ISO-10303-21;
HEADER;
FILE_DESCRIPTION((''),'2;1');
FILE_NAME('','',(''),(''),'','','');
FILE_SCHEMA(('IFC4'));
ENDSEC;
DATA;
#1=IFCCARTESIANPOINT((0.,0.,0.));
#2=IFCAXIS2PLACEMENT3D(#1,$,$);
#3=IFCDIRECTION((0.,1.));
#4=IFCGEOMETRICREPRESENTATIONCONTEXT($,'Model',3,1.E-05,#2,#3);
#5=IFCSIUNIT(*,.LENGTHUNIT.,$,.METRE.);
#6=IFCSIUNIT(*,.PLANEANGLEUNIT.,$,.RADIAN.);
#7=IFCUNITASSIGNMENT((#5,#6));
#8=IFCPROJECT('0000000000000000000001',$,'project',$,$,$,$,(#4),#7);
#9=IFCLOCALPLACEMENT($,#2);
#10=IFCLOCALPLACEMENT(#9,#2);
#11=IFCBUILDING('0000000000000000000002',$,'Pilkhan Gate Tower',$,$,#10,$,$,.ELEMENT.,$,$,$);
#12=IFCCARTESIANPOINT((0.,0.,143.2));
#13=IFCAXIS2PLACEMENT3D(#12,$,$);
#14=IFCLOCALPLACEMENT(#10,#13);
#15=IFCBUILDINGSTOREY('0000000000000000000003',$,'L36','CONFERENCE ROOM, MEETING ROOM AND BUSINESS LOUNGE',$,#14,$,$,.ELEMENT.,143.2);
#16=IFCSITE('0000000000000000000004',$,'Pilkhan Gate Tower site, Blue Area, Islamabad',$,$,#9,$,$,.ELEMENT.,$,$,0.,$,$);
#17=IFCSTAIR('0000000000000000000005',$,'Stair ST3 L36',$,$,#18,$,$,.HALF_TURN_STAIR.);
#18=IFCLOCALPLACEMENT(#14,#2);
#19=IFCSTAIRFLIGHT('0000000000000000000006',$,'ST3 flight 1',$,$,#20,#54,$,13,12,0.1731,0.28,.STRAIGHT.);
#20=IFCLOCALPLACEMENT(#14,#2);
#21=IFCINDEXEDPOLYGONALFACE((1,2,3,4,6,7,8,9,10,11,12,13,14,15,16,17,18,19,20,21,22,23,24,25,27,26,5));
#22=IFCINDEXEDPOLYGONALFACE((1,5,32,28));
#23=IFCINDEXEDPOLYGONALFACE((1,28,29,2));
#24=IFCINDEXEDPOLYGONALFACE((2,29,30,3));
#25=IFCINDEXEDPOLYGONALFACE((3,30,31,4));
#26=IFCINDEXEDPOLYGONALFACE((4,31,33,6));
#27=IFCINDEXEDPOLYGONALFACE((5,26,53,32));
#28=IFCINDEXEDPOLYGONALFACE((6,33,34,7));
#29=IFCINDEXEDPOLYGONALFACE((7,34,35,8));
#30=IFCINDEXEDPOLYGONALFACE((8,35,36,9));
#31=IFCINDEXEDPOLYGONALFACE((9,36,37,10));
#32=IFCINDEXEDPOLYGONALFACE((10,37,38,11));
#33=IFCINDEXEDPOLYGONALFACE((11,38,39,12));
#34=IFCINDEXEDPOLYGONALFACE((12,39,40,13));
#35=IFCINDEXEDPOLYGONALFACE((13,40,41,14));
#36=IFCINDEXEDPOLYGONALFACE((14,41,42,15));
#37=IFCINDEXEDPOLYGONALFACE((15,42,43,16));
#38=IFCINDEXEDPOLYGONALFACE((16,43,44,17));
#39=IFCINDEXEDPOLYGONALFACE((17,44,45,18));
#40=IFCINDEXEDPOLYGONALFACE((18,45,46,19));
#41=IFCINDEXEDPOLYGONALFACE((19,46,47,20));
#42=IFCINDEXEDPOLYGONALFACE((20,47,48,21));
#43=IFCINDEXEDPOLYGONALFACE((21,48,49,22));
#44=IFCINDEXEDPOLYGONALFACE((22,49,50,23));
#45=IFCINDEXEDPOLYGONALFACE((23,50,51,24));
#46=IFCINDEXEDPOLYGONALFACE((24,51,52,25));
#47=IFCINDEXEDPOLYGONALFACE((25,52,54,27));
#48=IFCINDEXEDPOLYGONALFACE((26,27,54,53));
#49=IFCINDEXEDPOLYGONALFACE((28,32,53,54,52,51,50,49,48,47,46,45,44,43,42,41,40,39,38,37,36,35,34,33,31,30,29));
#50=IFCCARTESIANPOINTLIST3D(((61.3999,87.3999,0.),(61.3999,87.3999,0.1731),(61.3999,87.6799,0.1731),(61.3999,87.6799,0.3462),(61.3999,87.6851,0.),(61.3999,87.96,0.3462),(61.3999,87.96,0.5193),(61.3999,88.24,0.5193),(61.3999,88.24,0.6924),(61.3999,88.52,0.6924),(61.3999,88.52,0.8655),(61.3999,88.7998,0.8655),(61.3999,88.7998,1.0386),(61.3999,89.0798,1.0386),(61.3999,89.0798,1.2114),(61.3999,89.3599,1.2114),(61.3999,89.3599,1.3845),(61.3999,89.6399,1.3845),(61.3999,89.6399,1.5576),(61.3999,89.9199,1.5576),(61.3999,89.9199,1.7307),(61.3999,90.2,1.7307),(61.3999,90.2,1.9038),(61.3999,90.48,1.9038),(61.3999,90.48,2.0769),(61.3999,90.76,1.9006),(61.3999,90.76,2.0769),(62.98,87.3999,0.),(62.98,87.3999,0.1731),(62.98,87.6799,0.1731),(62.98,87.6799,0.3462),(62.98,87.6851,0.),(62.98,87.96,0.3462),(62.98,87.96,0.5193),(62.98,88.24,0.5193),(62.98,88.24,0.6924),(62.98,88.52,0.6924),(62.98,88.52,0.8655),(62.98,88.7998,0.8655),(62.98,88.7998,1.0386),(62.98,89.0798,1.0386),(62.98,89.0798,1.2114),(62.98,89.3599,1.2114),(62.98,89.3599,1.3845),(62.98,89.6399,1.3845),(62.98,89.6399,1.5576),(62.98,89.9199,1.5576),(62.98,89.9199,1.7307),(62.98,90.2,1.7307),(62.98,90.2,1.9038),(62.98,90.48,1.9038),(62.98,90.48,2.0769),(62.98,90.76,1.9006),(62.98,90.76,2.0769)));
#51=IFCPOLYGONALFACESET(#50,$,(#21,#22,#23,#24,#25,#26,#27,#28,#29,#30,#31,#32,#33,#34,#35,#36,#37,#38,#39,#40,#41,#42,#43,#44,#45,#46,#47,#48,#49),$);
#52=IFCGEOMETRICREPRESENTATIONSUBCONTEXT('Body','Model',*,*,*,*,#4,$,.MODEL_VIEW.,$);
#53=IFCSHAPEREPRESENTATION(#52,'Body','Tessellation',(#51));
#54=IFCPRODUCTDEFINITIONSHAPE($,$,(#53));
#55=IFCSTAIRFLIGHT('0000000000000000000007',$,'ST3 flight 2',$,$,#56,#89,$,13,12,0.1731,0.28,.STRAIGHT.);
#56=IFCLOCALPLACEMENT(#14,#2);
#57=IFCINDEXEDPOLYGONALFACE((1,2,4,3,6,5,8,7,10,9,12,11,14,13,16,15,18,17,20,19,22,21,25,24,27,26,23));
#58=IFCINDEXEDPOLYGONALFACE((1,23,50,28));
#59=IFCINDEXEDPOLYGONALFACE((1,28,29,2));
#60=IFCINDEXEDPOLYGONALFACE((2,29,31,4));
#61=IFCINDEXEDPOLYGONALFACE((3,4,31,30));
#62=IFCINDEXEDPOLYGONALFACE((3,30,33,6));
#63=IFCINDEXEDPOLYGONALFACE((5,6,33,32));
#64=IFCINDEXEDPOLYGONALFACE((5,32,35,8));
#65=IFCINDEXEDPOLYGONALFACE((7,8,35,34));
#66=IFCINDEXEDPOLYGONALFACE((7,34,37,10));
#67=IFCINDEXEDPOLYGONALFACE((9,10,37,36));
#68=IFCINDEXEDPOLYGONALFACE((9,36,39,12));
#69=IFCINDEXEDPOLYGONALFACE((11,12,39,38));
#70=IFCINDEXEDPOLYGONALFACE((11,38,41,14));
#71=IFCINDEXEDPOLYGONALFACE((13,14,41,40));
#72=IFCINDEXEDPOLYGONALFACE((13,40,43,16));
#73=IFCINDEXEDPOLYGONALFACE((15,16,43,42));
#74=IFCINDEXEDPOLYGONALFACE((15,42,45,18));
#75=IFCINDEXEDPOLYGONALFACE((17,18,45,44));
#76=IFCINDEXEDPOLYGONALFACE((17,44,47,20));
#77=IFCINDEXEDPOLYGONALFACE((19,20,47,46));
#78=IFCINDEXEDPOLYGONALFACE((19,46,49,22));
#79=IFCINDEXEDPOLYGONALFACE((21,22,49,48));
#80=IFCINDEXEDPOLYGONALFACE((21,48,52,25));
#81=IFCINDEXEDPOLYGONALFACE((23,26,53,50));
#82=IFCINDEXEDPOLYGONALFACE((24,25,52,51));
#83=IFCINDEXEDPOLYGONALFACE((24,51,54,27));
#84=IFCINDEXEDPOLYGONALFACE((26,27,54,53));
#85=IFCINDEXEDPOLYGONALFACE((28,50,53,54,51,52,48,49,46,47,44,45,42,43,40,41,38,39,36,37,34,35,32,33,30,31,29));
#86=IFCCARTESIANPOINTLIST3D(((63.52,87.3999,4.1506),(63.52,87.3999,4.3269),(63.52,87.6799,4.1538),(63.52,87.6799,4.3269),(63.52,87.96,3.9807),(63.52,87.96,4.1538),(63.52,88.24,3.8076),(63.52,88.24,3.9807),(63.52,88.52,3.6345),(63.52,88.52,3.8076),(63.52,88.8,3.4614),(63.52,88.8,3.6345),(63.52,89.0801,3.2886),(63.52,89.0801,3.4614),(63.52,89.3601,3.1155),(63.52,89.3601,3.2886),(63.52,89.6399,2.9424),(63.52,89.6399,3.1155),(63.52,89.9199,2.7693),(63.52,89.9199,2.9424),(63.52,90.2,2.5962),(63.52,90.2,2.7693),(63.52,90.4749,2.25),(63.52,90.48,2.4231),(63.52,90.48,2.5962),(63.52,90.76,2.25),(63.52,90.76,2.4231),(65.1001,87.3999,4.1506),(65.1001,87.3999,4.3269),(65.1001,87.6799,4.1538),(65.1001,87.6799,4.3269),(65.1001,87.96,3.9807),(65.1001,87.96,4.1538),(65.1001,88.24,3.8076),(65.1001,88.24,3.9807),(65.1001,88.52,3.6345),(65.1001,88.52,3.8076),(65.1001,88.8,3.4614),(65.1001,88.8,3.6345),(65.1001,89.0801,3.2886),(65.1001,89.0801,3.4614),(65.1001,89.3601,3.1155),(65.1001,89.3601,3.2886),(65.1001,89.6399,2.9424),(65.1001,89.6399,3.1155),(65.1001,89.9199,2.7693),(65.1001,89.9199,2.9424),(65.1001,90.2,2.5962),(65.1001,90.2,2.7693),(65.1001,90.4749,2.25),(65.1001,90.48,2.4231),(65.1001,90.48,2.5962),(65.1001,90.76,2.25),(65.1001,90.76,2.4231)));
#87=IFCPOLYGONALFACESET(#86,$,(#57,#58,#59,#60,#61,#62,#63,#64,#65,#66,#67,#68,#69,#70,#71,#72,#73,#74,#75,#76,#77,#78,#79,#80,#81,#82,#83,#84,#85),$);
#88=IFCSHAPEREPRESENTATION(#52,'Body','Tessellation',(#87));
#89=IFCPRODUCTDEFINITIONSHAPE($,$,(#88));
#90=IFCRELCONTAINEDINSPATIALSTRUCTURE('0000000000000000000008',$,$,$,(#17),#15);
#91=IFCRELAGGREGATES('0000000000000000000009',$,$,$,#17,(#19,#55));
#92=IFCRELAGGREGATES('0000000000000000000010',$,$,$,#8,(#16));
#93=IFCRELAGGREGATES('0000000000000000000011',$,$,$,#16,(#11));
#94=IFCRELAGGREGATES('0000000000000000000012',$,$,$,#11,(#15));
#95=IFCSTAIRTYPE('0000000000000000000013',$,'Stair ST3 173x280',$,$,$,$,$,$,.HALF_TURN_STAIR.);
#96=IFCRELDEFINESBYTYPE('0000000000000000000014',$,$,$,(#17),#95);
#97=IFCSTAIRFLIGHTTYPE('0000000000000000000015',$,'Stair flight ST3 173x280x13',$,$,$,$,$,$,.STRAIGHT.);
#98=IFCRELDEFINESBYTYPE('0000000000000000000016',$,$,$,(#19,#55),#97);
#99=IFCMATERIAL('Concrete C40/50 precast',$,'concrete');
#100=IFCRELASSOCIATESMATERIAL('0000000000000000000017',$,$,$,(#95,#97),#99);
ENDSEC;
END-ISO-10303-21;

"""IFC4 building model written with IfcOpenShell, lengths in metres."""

from ifc_helpers import new_model, si_unit, direction, frame, origin, place, context, subcontext, project, spatial, polyline, outline, extrude, material, type_object, element, aggregate, save


model = new_model("IFC4")

# Units and contexts
model_context = context("Model", 3, precision=1e-05, world=origin(), true_north=direction((0.0, 1.0)))
body_context = subcontext(model_context, "Body", "Model", "MODEL_VIEW")
ifc_project = project(units=[si_unit("LENGTHUNIT", "METRE"), si_unit("PLANEANGLEUNIT", "RADIAN")], contexts=[model_context])

# Site, building, storey
site_placement = place(None, origin())
site = spatial("IfcSite", under=ifc_project, at=site_placement, Name="Pilkhan Gate Tower site, Blue Area, Islamabad", CompositionType="ELEMENT", RefElevation=0.0)
building_placement = place(site_placement, origin())
building = spatial("IfcBuilding", under=site, at=building_placement, Name="Pilkhan Gate Tower", CompositionType="ELEMENT")
storey_placement = place(building_placement, frame((0.0, 0.0, 143.2)))
storey = spatial("IfcBuildingStorey", under=building, at=storey_placement, Name="L36", Description="CONFERENCE ROOM, MEETING ROOM AND BUSINESS LOUNGE", CompositionType="ELEMENT", Elevation=143.2)

# Stair, stair flights
ifc_material_1 = material(Name="Concrete C40/50 precast", Category="concrete")
stair_type = type_object("IfcStairType", Name="Stair ST3 173x280", PredefinedType="HALF_TURN_STAIR", material=ifc_material_1)
stair_placement = place(storey_placement, origin())
stair = element("IfcStair", 1, at=stair_placement, inside=storey, type_object=stair_type, Name="Stair ST3 L36", PredefinedType="HALF_TURN_STAIR")
stair_flight_type = type_object("IfcStairFlightType", Name="Stair flight ST3 173x280x13", PredefinedType="STRAIGHT", material=ifc_material_1)
stair_flight_1_placement = place(storey_placement, frame((62.1899, 87.3999, 0.0), z_axis=(0.0, 0.0, 1.0), x_axis=(0.0, 1.0, 0.0)))
stair_flight_1 = element("IfcStairFlight", 2, at=stair_flight_1_placement, type_object=stair_flight_type, Name="ST3 flight 1", NumberOfRisers=13, NumberOfTreads=12, PredefinedType="STRAIGHT", RiserHeight=0.1731, TreadLength=0.28, context=body_context, shape_type="SweptSolid", body=[
    extrude(outline(polyline([(0.0, 0.0), (0.0, 0.1731), (0.28, 0.1731), (0.28, 0.3462), (0.5601, 0.3462), (0.5601, 0.5193), (0.8401, 0.5193), (0.8401, 0.6924), (1.1201, 0.6924), (1.1201, 0.8655), (1.3999, 0.8655), (1.3999, 1.0386), (1.6799, 1.0386), (1.6799, 1.2114), (1.96, 1.2114), (1.96, 1.3845), (2.24, 1.3845), (2.24, 1.5576), (2.52, 1.5576), (2.52, 1.7307), (2.8, 1.7307), (2.8, 1.9038), (3.0801, 1.9038), (3.0801, 2.0769), (3.3601, 2.0769), (3.3601, 2.25), (3.3601, 1.9006), (0.2852, 0.0), (0.0, 0.0)])), frame((0.0, 0.79, 0.0), z_axis=(0.0, -1.0, 0.0), x_axis=(1.0, 0.0, 0.0)), (0.0, 0.0, 1.0), 1.5801),
])
stair_flight_2_placement = place(storey_placement, frame((64.3101, 90.76, 2.25), z_axis=(0.0, 0.0, 1.0), x_axis=(0.0, -1.0, 0.0)))
stair_flight_2 = element("IfcStairFlight", 3, at=stair_flight_2_placement, type_object=stair_flight_type, Name="ST3 flight 2", NumberOfRisers=13, NumberOfTreads=12, PredefinedType="STRAIGHT", RiserHeight=0.1731, TreadLength=0.28, context=body_context, shape_type="SweptSolid", body=[
    extrude(outline(polyline([(0.0, 0.0), (0.0, 0.1731), (0.28, 0.1731), (0.28, 0.3462), (0.5601, 0.3462), (0.5601, 0.5193), (0.8401, 0.5193), (0.8401, 0.6924), (1.1201, 0.6924), (1.1201, 0.8655), (1.3999, 0.8655), (1.3999, 1.0386), (1.6799, 1.0386), (1.6799, 1.2114), (1.96, 1.2114), (1.96, 1.3845), (2.24, 1.3845), (2.24, 1.5576), (2.52, 1.5576), (2.52, 1.7307), (2.8, 1.7307), (2.8, 1.9038), (3.0801, 1.9038), (3.0801, 2.0769), (3.3601, 2.0769), (3.3601, 2.25), (3.3601, 1.9006), (0.2852, 0.0), (0.0, 0.0)])), frame((0.0, 0.79, 0.0), z_axis=(0.0, -1.0, 0.0), x_axis=(1.0, 0.0, 0.0)), (0.0, 0.0, 1.0), 1.5801),
])
aggregate(stair, [stair_flight_1, stair_flight_2])

save(model, "model.ifc")
